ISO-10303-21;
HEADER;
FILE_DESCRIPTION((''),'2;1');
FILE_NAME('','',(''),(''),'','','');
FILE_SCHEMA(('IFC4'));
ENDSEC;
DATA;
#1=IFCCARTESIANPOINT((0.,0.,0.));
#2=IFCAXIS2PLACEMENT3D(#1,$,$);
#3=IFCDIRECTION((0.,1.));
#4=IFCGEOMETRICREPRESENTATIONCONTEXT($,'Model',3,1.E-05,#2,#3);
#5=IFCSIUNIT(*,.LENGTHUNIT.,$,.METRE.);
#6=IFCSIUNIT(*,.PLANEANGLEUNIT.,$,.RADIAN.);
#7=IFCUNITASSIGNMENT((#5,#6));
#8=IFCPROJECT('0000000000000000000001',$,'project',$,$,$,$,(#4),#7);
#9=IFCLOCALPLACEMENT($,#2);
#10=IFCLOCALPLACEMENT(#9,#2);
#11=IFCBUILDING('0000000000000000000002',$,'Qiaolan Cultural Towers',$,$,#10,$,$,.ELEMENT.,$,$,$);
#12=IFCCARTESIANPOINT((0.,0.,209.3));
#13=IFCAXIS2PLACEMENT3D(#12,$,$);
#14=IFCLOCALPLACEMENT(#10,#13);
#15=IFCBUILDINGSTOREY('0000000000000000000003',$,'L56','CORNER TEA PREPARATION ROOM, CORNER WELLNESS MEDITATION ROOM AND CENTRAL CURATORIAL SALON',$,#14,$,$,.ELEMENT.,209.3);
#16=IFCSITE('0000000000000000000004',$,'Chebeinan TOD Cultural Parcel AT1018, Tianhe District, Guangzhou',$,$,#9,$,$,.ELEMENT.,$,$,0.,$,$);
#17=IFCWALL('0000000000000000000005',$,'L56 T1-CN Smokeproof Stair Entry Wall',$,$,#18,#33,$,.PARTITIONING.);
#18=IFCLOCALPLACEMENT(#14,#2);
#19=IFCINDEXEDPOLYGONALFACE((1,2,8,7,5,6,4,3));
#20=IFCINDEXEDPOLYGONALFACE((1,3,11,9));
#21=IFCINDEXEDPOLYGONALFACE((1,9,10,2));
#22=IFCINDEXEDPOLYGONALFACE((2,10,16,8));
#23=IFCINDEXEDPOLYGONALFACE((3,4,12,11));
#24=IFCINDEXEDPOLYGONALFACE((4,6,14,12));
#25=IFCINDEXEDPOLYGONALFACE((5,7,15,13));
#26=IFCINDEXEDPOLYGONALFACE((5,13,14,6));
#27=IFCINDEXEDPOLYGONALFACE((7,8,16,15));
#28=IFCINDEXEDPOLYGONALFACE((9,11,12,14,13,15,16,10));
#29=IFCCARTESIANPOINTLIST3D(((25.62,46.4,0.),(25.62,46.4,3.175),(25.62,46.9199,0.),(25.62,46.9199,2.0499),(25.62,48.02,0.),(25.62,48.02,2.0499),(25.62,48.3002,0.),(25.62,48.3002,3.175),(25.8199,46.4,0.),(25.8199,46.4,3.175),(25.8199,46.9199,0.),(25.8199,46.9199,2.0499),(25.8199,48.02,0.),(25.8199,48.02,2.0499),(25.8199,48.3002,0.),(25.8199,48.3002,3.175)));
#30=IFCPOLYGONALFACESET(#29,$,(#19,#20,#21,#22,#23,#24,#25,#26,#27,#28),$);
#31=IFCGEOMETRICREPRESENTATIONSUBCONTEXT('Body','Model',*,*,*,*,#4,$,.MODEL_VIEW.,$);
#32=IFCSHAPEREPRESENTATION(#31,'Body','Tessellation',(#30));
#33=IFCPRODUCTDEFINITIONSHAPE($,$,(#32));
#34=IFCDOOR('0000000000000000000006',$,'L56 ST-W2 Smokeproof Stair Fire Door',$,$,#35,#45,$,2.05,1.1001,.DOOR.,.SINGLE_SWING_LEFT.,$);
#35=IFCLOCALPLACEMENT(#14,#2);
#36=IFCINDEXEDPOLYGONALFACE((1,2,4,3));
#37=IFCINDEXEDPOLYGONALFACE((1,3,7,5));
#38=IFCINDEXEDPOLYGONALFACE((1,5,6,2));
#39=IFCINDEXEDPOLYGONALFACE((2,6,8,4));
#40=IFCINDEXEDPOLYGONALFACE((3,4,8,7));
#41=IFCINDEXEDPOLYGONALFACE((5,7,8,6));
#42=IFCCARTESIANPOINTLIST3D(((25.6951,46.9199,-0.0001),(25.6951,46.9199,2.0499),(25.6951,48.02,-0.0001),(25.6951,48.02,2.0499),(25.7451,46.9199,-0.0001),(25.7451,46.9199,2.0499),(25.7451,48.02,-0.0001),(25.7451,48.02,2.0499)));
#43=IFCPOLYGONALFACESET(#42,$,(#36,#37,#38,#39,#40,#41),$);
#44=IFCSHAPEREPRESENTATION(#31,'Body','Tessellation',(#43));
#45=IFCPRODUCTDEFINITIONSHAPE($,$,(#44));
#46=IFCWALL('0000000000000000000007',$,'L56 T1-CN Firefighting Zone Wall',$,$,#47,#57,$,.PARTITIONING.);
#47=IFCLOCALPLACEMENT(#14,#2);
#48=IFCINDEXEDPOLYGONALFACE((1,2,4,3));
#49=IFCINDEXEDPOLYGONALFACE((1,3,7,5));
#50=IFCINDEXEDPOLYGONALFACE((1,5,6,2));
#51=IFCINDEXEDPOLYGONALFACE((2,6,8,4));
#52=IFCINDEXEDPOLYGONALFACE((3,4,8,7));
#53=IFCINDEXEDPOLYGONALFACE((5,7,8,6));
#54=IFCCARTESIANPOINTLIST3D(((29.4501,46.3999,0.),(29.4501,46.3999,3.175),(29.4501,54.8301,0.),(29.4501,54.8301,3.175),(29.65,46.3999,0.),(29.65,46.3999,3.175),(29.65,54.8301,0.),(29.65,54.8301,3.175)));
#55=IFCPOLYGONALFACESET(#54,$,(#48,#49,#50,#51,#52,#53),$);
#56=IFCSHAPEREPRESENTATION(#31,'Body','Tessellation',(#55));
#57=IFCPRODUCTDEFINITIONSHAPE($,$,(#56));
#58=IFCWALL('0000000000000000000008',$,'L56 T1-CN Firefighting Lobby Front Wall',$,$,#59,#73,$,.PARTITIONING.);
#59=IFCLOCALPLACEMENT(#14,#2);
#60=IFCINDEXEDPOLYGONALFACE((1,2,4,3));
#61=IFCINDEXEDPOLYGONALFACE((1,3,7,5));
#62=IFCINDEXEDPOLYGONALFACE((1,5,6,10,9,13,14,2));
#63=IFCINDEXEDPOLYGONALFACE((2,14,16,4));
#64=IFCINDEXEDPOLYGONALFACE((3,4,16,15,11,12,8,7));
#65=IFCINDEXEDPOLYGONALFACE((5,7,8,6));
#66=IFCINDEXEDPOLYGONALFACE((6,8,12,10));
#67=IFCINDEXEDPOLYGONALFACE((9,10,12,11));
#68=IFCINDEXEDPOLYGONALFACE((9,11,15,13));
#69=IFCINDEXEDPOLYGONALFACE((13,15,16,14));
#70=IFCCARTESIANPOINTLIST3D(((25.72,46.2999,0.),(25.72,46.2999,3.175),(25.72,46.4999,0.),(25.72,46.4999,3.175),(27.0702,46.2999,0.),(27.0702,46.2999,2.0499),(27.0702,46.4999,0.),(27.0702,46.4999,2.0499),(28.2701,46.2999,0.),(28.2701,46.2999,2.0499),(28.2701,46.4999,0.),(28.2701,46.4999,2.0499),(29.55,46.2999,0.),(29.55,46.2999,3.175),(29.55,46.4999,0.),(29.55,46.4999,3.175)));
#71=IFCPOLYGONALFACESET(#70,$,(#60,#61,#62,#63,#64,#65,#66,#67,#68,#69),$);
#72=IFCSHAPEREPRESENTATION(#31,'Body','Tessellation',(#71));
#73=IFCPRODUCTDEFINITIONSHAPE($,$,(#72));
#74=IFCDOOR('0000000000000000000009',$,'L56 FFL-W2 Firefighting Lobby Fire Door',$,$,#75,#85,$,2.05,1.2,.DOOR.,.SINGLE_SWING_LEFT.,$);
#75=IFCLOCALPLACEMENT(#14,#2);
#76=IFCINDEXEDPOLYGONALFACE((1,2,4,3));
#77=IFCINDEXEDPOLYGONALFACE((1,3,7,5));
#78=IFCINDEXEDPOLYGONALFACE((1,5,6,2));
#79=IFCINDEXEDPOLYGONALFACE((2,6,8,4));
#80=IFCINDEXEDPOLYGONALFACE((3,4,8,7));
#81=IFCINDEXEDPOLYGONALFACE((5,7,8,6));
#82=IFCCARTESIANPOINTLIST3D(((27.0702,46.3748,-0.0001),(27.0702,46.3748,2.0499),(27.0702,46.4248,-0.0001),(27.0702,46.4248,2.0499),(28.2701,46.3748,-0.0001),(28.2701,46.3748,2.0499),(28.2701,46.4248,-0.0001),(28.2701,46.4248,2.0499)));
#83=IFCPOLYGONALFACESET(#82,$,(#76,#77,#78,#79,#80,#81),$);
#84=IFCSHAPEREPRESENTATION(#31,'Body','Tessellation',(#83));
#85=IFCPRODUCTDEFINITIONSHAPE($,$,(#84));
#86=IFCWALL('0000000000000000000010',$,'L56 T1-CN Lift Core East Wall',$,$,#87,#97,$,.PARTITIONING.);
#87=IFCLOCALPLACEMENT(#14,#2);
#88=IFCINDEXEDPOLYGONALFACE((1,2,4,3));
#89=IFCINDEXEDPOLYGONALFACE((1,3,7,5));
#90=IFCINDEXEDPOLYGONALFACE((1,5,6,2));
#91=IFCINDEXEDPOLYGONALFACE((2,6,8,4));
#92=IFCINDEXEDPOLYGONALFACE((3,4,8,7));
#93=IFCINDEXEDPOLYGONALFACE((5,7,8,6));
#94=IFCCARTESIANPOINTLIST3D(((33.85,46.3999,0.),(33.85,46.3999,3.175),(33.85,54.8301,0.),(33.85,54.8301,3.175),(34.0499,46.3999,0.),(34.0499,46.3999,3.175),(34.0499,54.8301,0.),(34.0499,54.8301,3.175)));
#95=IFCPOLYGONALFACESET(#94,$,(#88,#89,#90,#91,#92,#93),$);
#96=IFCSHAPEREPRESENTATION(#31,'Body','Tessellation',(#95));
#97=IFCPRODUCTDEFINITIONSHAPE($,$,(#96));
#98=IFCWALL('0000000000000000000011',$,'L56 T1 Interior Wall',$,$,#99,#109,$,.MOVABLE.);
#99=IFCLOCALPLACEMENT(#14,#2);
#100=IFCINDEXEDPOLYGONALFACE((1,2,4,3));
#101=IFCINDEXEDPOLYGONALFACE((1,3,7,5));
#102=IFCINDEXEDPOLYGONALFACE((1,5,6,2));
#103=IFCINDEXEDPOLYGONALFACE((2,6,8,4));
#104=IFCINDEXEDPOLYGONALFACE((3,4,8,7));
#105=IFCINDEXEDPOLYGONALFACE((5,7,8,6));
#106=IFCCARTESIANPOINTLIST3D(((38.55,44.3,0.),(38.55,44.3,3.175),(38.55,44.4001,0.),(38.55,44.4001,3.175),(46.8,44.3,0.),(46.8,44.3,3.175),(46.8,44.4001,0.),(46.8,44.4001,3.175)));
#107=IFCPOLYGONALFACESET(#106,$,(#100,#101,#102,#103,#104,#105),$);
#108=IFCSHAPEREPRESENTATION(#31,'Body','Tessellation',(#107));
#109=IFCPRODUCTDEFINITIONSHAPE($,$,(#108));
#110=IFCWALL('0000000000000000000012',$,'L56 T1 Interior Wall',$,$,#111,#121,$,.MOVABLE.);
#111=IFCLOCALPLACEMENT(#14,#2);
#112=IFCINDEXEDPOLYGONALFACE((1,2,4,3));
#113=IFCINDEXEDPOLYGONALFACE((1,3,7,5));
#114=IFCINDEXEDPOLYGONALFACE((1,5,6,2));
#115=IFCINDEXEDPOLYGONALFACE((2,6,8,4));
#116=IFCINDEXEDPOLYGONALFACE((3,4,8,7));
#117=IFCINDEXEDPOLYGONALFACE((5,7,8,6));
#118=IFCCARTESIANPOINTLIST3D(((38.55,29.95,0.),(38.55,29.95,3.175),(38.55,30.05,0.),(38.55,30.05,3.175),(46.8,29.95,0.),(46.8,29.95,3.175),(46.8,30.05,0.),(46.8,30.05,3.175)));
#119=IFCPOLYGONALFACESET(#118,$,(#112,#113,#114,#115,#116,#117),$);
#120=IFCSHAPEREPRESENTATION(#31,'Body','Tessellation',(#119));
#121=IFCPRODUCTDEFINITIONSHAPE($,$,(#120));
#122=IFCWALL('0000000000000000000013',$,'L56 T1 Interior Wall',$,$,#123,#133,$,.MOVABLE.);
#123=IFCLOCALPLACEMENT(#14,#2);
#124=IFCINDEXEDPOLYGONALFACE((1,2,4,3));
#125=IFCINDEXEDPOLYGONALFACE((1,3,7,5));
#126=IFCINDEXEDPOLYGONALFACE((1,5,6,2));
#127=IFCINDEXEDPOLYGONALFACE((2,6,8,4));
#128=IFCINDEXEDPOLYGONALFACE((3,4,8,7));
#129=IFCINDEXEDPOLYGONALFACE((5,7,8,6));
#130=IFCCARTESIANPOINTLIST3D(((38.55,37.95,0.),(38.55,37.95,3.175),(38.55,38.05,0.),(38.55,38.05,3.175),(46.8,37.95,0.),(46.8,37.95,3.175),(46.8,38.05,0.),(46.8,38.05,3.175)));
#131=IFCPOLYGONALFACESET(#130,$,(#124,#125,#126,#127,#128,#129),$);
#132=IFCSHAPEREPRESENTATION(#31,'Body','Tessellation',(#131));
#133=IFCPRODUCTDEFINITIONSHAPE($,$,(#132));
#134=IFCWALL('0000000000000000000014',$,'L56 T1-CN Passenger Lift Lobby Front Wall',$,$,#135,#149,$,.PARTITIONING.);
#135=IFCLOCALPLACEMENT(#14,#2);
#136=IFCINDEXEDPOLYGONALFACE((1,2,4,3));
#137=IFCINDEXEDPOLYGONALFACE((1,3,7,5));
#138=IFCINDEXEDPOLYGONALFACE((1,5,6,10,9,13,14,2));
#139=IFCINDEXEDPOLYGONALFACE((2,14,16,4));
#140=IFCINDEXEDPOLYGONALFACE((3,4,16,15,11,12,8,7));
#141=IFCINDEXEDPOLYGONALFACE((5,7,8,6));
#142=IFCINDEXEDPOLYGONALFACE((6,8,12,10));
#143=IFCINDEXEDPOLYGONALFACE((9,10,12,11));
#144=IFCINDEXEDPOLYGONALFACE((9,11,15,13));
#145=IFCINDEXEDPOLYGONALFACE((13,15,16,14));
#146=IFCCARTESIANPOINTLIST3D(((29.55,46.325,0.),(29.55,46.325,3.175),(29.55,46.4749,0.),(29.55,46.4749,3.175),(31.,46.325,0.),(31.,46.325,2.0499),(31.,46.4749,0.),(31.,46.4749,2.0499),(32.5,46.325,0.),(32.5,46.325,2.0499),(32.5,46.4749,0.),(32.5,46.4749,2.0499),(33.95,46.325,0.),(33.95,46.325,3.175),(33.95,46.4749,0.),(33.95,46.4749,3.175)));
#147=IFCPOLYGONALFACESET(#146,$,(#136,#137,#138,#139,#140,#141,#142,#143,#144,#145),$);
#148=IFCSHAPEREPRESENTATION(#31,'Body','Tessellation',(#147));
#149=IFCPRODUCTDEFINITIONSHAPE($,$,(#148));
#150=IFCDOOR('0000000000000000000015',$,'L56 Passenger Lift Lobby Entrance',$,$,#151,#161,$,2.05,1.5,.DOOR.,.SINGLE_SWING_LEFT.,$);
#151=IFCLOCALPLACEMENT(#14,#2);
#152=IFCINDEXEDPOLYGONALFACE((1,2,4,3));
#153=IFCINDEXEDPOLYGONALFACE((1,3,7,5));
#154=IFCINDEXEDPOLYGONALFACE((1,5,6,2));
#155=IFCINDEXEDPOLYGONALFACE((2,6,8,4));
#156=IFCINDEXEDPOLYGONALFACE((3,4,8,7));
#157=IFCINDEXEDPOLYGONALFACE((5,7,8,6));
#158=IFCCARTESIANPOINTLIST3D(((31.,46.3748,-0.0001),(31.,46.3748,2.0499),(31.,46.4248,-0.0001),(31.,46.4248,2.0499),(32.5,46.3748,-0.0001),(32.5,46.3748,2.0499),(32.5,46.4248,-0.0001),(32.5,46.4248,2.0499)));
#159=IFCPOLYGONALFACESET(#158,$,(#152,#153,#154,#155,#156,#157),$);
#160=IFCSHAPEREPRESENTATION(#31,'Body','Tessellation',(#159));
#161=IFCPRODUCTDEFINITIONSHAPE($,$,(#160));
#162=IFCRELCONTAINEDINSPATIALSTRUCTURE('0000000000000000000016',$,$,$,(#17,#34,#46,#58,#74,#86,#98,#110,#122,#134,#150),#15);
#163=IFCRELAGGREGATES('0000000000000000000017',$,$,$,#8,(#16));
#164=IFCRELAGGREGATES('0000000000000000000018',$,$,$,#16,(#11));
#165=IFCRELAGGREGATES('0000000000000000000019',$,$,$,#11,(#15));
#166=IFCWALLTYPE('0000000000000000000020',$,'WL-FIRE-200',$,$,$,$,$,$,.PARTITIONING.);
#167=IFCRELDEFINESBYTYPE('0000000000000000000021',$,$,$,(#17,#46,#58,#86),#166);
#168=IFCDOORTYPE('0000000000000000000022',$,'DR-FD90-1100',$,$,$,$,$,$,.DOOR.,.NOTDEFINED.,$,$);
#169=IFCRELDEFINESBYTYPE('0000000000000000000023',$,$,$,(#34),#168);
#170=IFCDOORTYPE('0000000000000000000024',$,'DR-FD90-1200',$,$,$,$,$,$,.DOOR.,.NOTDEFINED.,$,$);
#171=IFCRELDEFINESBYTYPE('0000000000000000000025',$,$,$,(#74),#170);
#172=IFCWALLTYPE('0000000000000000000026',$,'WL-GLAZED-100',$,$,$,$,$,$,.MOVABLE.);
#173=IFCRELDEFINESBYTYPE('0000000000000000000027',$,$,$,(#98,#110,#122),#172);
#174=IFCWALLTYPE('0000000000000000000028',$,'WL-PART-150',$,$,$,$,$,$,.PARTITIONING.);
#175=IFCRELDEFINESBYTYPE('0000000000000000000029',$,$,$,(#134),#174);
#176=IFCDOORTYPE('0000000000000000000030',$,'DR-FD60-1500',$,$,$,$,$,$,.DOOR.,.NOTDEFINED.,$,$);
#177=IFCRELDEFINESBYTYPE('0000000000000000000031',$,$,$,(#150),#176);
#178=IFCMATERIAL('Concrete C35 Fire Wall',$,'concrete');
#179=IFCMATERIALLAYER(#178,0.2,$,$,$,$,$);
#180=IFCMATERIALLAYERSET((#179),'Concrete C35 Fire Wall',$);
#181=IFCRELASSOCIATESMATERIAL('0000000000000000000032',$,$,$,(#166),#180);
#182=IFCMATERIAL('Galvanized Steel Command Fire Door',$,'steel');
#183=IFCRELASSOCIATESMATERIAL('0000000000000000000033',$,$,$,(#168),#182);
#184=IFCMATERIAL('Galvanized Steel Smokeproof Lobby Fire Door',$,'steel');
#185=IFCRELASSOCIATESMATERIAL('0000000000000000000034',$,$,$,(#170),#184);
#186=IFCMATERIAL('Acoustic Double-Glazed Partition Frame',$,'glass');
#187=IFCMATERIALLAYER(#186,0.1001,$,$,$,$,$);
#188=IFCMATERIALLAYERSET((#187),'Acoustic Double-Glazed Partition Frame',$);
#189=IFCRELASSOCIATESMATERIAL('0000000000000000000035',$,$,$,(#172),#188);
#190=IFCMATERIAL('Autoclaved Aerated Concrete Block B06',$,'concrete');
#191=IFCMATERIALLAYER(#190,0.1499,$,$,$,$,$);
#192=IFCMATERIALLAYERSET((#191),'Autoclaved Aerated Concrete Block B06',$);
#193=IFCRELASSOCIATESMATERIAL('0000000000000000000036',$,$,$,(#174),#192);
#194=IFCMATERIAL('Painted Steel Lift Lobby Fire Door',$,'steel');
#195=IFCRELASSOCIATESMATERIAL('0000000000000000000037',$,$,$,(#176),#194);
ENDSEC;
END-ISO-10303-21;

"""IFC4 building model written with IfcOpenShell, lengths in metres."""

from ifc_helpers import new_model, si_unit, direction, frame, frame_2d, origin, place, context, subcontext, project, spatial, rectangle, extrude, material, layer, layer_set, type_object, element, fill, save


model = new_model("IFC4")

# Units and contexts
model_context = context("Model", 3, precision=1e-05, world=origin(), true_north=direction((0.0, 1.0)))
body_context = subcontext(model_context, "Body", "Model", "MODEL_VIEW")
ifc_project = project(units=[si_unit("LENGTHUNIT", "METRE"), si_unit("PLANEANGLEUNIT", "RADIAN")], contexts=[model_context])

# Site, building, storey
site_placement = place(None, origin())
site = spatial("IfcSite", under=ifc_project, at=site_placement, Name="Chebeinan TOD Cultural Parcel AT1018, Tianhe District, Guangzhou", CompositionType="ELEMENT", RefElevation=0.0)
building_placement = place(site_placement, origin())
building = spatial("IfcBuilding", under=site, at=building_placement, Name="Qiaolan Cultural Towers", CompositionType="ELEMENT")
storey_placement = place(building_placement, frame((0.0, 0.0, 209.3)))
storey = spatial("IfcBuildingStorey", under=building, at=storey_placement, Name="L56", Description="CORNER TEA PREPARATION ROOM, CORNER WELLNESS MEDITATION ROOM AND CENTRAL CURATORIAL SALON", CompositionType="ELEMENT", Elevation=209.3)

# Wall, opening, door
ifc_material_1 = material(Name="Concrete C35 Fire Wall", Category="concrete")
ifc_layer_1 = layer(ifc_material_1, 0.2)
ifc_layer_set_1 = layer_set([ifc_layer_1], Name="Concrete C35 Fire Wall")
wall_type_1 = type_object("IfcWallType", Name="WL-FIRE-200", PredefinedType="PARTITIONING", material=ifc_layer_set_1)
wall_1_placement = place(storey_placement, frame((25.72, 46.3999, 0.0), z_axis=(0.0, 0.0, 1.0), x_axis=(0.0, 1.0, 0.0)))
wall_1 = element("IfcWall", 1, at=wall_1_placement, inside=storey, type_object=wall_type_1, Name="L56 T1-CN Smokeproof Stair Entry Wall", PredefinedType="PARTITIONING", context=body_context, shape_type="SweptSolid", body=[
    extrude(rectangle(XDim=1.9001, YDim=0.2, at=frame_2d((0.9502, 0.0))), origin(), (0.0, 0.0, 1.0), 3.175),
])
opening_1_placement = place(wall_1_placement, frame((0.52, 0.0, 0.0)))
opening_1 = element("IfcOpeningElement", 2, at=opening_1_placement, cuts=wall_1, PredefinedType="OPENING", context=body_context, shape_type="SweptSolid", body=[
    extrude(rectangle(XDim=1.1001, YDim=2.05, at=frame_2d((0.55, 1.0249))), frame((0.0, 0.1099, 0.0), z_axis=(0.0, -1.0, 0.0), x_axis=(1.0, 0.0, 0.0)), (0.0, 0.0, 1.0), 0.22),
])
ifc_material_2 = material(Name="Galvanized Steel Command Fire Door", Category="steel")
door_type_1 = type_object("IfcDoorType", Name="DR-FD90-1100", OperationType="NOTDEFINED", PredefinedType="DOOR", material=ifc_material_2)
door_1_placement = place(opening_1_placement, origin())
door_1 = element("IfcDoor", 3, at=door_1_placement, inside=storey, type_object=door_type_1, Name="L56 ST-W2 Smokeproof Stair Fire Door", OperationType="SINGLE_SWING_LEFT", OverallHeight=2.05, OverallWidth=1.1001, PredefinedType="DOOR", context=body_context, shape_type="SweptSolid", body=[
    extrude(rectangle(XDim=1.1001, YDim=2.05, at=frame_2d((0.55, 1.0249))), frame((0.0, 0.0249, 0.0), z_axis=(0.0, -1.0, 0.0), x_axis=(1.0, 0.0, 0.0)), (0.0, 0.0, 1.0), 0.05),
])
fill(opening_1, door_1)

# Wall
wall_2_placement = place(storey_placement, frame((29.55, 46.3999, 0.0), z_axis=(0.0, 0.0, 1.0), x_axis=(0.0, 1.0, 0.0)))
element("IfcWall", 4, at=wall_2_placement, inside=storey, type_object=wall_type_1, Name="L56 T1-CN Firefighting Zone Wall", PredefinedType="PARTITIONING", context=body_context, shape_type="SweptSolid", body=[
    extrude(rectangle(XDim=8.4302, YDim=0.2, at=frame_2d((4.2151, 0.0))), origin(), (0.0, 0.0, 1.0), 3.175),
])

# Wall, opening, door
wall_3_placement = place(storey_placement, frame((25.72, 46.3999, 0.0), z_axis=(0.0, 0.0, 1.0), x_axis=(1.0, 0.0, 0.0)))
wall_3 = element("IfcWall", 5, at=wall_3_placement, inside=storey, type_object=wall_type_1, Name="L56 T1-CN Firefighting Lobby Front Wall", PredefinedType="PARTITIONING", context=body_context, shape_type="SweptSolid", body=[
    extrude(rectangle(XDim=3.8301, YDim=0.2, at=frame_2d((1.915, 0.0))), origin(), (0.0, 0.0, 1.0), 3.175),
])
opening_2_placement = place(wall_3_placement, frame((1.3501, 0.0, 0.0)))
opening_2 = element("IfcOpeningElement", 6, at=opening_2_placement, cuts=wall_3, PredefinedType="OPENING", context=body_context, shape_type="SweptSolid", body=[
    extrude(rectangle(XDim=1.2, YDim=2.05, at=frame_2d((0.6001, 1.0249))), frame((0.0, 0.1099, 0.0), z_axis=(0.0, -1.0, 0.0), x_axis=(1.0, 0.0, 0.0)), (0.0, 0.0, 1.0), 0.22),
])
ifc_material_3 = material(Name="Galvanized Steel Smokeproof Lobby Fire Door", Category="steel")
door_type_2 = type_object("IfcDoorType", Name="DR-FD90-1200", OperationType="NOTDEFINED", PredefinedType="DOOR", material=ifc_material_3)
door_2_placement = place(opening_2_placement, origin())
door_2 = element("IfcDoor", 7, at=door_2_placement, inside=storey, type_object=door_type_2, Name="L56 FFL-W2 Firefighting Lobby Fire Door", OperationType="SINGLE_SWING_LEFT", OverallHeight=2.05, OverallWidth=1.2, PredefinedType="DOOR", context=body_context, shape_type="SweptSolid", body=[
    extrude(rectangle(XDim=1.2, YDim=2.05, at=frame_2d((0.6001, 1.0249))), frame((0.0, 0.0249, 0.0), z_axis=(0.0, -1.0, 0.0), x_axis=(1.0, 0.0, 0.0)), (0.0, 0.0, 1.0), 0.05),
])
fill(opening_2, door_2)

# Walls
wall_4_placement = place(storey_placement, frame((33.95, 46.3999, 0.0), z_axis=(0.0, 0.0, 1.0), x_axis=(0.0, 1.0, 0.0)))
element("IfcWall", 8, at=wall_4_placement, inside=storey, type_object=wall_type_1, Name="L56 T1-CN Lift Core East Wall", PredefinedType="PARTITIONING", context=body_context, shape_type="SweptSolid", body=[
    extrude(rectangle(XDim=8.4302, YDim=0.2, at=frame_2d((4.2151, 0.0))), origin(), (0.0, 0.0, 1.0), 3.175),
])
ifc_material_4 = material(Name="Acoustic Double-Glazed Partition Frame", Category="glass")
ifc_layer_2 = layer(ifc_material_4, 0.1001)
ifc_layer_set_2 = layer_set([ifc_layer_2], Name="Acoustic Double-Glazed Partition Frame")
wall_type_2 = type_object("IfcWallType", Name="WL-GLAZED-100", PredefinedType="MOVABLE", material=ifc_layer_set_2)
for number, where, z_axis, x_axis, name in (
    (9, (38.55, 44.3501, 0.0), (0.0, 0.0, 1.0), (1.0, 0.0, 0.0), "L56 T1 Interior Wall"),
    (10, (38.55, 30.0, 0.0), (0.0, 0.0, 1.0), (1.0, 0.0, 0.0), "L56 T1 Interior Wall"),
    (11, (38.55, 38.0, 0.0), (0.0, 0.0, 1.0), (1.0, 0.0, 0.0), "L56 T1 Interior Wall"),
):
    element("IfcWall", number, at=place(storey_placement, frame(where, z_axis=z_axis, x_axis=x_axis)), inside=storey, type_object=wall_type_2, Name=name, PredefinedType="MOVABLE", context=body_context, shape_type="SweptSolid", body=[
        extrude(rectangle(XDim=8.25, YDim=0.1001, at=frame_2d((4.125, 0.0))), origin(), (0.0, 0.0, 1.0), 3.175),
    ])

# Wall, opening, door
ifc_material_5 = material(Name="Autoclaved Aerated Concrete Block B06", Category="concrete")
ifc_layer_3 = layer(ifc_material_5, 0.1499)
ifc_layer_set_3 = layer_set([ifc_layer_3], Name="Autoclaved Aerated Concrete Block B06")
wall_type_3 = type_object("IfcWallType", Name="WL-PART-150", PredefinedType="PARTITIONING", material=ifc_layer_set_3)
wall_5_placement = place(storey_placement, frame((29.55, 46.3999, 0.0), z_axis=(0.0, 0.0, 1.0), x_axis=(1.0, 0.0, 0.0)))
wall_5 = element("IfcWall", 12, at=wall_5_placement, inside=storey, type_object=wall_type_3, Name="L56 T1-CN Passenger Lift Lobby Front Wall", PredefinedType="PARTITIONING", context=body_context, shape_type="SweptSolid", body=[
    extrude(rectangle(XDim=4.3999, YDim=0.1499, at=frame_2d((2.2, 0.0))), origin(), (0.0, 0.0, 1.0), 3.175),
])
opening_3_placement = place(wall_5_placement, frame((1.45, 0.0, 0.0)))
opening_3 = element("IfcOpeningElement", 13, at=opening_3_placement, cuts=wall_5, PredefinedType="OPENING", context=body_context, shape_type="SweptSolid", body=[
    extrude(rectangle(XDim=1.5, YDim=2.05, at=frame_2d((0.75, 1.0249))), frame((0.0, 0.085, 0.0), z_axis=(0.0, -1.0, 0.0), x_axis=(1.0, 0.0, 0.0)), (0.0, 0.0, 1.0), 0.1699),
])
ifc_material_6 = material(Name="Painted Steel Lift Lobby Fire Door", Category="steel")
door_type_3 = type_object("IfcDoorType", Name="DR-FD60-1500", OperationType="NOTDEFINED", PredefinedType="DOOR", material=ifc_material_6)
door_3_placement = place(opening_3_placement, origin())
door_3 = element("IfcDoor", 14, at=door_3_placement, inside=storey, type_object=door_type_3, Name="L56 Passenger Lift Lobby Entrance", OperationType="SINGLE_SWING_LEFT", OverallHeight=2.05, OverallWidth=1.5, PredefinedType="DOOR", context=body_context, shape_type="SweptSolid", body=[
    extrude(rectangle(XDim=1.5, YDim=2.05, at=frame_2d((0.75, 1.0249))), frame((0.0, 0.0249, 0.0), z_axis=(0.0, -1.0, 0.0), x_axis=(1.0, 0.0, 0.0)), (0.0, 0.0, 1.0), 0.05),
])
fill(opening_3, door_3)

save(model, "model.ifc")
